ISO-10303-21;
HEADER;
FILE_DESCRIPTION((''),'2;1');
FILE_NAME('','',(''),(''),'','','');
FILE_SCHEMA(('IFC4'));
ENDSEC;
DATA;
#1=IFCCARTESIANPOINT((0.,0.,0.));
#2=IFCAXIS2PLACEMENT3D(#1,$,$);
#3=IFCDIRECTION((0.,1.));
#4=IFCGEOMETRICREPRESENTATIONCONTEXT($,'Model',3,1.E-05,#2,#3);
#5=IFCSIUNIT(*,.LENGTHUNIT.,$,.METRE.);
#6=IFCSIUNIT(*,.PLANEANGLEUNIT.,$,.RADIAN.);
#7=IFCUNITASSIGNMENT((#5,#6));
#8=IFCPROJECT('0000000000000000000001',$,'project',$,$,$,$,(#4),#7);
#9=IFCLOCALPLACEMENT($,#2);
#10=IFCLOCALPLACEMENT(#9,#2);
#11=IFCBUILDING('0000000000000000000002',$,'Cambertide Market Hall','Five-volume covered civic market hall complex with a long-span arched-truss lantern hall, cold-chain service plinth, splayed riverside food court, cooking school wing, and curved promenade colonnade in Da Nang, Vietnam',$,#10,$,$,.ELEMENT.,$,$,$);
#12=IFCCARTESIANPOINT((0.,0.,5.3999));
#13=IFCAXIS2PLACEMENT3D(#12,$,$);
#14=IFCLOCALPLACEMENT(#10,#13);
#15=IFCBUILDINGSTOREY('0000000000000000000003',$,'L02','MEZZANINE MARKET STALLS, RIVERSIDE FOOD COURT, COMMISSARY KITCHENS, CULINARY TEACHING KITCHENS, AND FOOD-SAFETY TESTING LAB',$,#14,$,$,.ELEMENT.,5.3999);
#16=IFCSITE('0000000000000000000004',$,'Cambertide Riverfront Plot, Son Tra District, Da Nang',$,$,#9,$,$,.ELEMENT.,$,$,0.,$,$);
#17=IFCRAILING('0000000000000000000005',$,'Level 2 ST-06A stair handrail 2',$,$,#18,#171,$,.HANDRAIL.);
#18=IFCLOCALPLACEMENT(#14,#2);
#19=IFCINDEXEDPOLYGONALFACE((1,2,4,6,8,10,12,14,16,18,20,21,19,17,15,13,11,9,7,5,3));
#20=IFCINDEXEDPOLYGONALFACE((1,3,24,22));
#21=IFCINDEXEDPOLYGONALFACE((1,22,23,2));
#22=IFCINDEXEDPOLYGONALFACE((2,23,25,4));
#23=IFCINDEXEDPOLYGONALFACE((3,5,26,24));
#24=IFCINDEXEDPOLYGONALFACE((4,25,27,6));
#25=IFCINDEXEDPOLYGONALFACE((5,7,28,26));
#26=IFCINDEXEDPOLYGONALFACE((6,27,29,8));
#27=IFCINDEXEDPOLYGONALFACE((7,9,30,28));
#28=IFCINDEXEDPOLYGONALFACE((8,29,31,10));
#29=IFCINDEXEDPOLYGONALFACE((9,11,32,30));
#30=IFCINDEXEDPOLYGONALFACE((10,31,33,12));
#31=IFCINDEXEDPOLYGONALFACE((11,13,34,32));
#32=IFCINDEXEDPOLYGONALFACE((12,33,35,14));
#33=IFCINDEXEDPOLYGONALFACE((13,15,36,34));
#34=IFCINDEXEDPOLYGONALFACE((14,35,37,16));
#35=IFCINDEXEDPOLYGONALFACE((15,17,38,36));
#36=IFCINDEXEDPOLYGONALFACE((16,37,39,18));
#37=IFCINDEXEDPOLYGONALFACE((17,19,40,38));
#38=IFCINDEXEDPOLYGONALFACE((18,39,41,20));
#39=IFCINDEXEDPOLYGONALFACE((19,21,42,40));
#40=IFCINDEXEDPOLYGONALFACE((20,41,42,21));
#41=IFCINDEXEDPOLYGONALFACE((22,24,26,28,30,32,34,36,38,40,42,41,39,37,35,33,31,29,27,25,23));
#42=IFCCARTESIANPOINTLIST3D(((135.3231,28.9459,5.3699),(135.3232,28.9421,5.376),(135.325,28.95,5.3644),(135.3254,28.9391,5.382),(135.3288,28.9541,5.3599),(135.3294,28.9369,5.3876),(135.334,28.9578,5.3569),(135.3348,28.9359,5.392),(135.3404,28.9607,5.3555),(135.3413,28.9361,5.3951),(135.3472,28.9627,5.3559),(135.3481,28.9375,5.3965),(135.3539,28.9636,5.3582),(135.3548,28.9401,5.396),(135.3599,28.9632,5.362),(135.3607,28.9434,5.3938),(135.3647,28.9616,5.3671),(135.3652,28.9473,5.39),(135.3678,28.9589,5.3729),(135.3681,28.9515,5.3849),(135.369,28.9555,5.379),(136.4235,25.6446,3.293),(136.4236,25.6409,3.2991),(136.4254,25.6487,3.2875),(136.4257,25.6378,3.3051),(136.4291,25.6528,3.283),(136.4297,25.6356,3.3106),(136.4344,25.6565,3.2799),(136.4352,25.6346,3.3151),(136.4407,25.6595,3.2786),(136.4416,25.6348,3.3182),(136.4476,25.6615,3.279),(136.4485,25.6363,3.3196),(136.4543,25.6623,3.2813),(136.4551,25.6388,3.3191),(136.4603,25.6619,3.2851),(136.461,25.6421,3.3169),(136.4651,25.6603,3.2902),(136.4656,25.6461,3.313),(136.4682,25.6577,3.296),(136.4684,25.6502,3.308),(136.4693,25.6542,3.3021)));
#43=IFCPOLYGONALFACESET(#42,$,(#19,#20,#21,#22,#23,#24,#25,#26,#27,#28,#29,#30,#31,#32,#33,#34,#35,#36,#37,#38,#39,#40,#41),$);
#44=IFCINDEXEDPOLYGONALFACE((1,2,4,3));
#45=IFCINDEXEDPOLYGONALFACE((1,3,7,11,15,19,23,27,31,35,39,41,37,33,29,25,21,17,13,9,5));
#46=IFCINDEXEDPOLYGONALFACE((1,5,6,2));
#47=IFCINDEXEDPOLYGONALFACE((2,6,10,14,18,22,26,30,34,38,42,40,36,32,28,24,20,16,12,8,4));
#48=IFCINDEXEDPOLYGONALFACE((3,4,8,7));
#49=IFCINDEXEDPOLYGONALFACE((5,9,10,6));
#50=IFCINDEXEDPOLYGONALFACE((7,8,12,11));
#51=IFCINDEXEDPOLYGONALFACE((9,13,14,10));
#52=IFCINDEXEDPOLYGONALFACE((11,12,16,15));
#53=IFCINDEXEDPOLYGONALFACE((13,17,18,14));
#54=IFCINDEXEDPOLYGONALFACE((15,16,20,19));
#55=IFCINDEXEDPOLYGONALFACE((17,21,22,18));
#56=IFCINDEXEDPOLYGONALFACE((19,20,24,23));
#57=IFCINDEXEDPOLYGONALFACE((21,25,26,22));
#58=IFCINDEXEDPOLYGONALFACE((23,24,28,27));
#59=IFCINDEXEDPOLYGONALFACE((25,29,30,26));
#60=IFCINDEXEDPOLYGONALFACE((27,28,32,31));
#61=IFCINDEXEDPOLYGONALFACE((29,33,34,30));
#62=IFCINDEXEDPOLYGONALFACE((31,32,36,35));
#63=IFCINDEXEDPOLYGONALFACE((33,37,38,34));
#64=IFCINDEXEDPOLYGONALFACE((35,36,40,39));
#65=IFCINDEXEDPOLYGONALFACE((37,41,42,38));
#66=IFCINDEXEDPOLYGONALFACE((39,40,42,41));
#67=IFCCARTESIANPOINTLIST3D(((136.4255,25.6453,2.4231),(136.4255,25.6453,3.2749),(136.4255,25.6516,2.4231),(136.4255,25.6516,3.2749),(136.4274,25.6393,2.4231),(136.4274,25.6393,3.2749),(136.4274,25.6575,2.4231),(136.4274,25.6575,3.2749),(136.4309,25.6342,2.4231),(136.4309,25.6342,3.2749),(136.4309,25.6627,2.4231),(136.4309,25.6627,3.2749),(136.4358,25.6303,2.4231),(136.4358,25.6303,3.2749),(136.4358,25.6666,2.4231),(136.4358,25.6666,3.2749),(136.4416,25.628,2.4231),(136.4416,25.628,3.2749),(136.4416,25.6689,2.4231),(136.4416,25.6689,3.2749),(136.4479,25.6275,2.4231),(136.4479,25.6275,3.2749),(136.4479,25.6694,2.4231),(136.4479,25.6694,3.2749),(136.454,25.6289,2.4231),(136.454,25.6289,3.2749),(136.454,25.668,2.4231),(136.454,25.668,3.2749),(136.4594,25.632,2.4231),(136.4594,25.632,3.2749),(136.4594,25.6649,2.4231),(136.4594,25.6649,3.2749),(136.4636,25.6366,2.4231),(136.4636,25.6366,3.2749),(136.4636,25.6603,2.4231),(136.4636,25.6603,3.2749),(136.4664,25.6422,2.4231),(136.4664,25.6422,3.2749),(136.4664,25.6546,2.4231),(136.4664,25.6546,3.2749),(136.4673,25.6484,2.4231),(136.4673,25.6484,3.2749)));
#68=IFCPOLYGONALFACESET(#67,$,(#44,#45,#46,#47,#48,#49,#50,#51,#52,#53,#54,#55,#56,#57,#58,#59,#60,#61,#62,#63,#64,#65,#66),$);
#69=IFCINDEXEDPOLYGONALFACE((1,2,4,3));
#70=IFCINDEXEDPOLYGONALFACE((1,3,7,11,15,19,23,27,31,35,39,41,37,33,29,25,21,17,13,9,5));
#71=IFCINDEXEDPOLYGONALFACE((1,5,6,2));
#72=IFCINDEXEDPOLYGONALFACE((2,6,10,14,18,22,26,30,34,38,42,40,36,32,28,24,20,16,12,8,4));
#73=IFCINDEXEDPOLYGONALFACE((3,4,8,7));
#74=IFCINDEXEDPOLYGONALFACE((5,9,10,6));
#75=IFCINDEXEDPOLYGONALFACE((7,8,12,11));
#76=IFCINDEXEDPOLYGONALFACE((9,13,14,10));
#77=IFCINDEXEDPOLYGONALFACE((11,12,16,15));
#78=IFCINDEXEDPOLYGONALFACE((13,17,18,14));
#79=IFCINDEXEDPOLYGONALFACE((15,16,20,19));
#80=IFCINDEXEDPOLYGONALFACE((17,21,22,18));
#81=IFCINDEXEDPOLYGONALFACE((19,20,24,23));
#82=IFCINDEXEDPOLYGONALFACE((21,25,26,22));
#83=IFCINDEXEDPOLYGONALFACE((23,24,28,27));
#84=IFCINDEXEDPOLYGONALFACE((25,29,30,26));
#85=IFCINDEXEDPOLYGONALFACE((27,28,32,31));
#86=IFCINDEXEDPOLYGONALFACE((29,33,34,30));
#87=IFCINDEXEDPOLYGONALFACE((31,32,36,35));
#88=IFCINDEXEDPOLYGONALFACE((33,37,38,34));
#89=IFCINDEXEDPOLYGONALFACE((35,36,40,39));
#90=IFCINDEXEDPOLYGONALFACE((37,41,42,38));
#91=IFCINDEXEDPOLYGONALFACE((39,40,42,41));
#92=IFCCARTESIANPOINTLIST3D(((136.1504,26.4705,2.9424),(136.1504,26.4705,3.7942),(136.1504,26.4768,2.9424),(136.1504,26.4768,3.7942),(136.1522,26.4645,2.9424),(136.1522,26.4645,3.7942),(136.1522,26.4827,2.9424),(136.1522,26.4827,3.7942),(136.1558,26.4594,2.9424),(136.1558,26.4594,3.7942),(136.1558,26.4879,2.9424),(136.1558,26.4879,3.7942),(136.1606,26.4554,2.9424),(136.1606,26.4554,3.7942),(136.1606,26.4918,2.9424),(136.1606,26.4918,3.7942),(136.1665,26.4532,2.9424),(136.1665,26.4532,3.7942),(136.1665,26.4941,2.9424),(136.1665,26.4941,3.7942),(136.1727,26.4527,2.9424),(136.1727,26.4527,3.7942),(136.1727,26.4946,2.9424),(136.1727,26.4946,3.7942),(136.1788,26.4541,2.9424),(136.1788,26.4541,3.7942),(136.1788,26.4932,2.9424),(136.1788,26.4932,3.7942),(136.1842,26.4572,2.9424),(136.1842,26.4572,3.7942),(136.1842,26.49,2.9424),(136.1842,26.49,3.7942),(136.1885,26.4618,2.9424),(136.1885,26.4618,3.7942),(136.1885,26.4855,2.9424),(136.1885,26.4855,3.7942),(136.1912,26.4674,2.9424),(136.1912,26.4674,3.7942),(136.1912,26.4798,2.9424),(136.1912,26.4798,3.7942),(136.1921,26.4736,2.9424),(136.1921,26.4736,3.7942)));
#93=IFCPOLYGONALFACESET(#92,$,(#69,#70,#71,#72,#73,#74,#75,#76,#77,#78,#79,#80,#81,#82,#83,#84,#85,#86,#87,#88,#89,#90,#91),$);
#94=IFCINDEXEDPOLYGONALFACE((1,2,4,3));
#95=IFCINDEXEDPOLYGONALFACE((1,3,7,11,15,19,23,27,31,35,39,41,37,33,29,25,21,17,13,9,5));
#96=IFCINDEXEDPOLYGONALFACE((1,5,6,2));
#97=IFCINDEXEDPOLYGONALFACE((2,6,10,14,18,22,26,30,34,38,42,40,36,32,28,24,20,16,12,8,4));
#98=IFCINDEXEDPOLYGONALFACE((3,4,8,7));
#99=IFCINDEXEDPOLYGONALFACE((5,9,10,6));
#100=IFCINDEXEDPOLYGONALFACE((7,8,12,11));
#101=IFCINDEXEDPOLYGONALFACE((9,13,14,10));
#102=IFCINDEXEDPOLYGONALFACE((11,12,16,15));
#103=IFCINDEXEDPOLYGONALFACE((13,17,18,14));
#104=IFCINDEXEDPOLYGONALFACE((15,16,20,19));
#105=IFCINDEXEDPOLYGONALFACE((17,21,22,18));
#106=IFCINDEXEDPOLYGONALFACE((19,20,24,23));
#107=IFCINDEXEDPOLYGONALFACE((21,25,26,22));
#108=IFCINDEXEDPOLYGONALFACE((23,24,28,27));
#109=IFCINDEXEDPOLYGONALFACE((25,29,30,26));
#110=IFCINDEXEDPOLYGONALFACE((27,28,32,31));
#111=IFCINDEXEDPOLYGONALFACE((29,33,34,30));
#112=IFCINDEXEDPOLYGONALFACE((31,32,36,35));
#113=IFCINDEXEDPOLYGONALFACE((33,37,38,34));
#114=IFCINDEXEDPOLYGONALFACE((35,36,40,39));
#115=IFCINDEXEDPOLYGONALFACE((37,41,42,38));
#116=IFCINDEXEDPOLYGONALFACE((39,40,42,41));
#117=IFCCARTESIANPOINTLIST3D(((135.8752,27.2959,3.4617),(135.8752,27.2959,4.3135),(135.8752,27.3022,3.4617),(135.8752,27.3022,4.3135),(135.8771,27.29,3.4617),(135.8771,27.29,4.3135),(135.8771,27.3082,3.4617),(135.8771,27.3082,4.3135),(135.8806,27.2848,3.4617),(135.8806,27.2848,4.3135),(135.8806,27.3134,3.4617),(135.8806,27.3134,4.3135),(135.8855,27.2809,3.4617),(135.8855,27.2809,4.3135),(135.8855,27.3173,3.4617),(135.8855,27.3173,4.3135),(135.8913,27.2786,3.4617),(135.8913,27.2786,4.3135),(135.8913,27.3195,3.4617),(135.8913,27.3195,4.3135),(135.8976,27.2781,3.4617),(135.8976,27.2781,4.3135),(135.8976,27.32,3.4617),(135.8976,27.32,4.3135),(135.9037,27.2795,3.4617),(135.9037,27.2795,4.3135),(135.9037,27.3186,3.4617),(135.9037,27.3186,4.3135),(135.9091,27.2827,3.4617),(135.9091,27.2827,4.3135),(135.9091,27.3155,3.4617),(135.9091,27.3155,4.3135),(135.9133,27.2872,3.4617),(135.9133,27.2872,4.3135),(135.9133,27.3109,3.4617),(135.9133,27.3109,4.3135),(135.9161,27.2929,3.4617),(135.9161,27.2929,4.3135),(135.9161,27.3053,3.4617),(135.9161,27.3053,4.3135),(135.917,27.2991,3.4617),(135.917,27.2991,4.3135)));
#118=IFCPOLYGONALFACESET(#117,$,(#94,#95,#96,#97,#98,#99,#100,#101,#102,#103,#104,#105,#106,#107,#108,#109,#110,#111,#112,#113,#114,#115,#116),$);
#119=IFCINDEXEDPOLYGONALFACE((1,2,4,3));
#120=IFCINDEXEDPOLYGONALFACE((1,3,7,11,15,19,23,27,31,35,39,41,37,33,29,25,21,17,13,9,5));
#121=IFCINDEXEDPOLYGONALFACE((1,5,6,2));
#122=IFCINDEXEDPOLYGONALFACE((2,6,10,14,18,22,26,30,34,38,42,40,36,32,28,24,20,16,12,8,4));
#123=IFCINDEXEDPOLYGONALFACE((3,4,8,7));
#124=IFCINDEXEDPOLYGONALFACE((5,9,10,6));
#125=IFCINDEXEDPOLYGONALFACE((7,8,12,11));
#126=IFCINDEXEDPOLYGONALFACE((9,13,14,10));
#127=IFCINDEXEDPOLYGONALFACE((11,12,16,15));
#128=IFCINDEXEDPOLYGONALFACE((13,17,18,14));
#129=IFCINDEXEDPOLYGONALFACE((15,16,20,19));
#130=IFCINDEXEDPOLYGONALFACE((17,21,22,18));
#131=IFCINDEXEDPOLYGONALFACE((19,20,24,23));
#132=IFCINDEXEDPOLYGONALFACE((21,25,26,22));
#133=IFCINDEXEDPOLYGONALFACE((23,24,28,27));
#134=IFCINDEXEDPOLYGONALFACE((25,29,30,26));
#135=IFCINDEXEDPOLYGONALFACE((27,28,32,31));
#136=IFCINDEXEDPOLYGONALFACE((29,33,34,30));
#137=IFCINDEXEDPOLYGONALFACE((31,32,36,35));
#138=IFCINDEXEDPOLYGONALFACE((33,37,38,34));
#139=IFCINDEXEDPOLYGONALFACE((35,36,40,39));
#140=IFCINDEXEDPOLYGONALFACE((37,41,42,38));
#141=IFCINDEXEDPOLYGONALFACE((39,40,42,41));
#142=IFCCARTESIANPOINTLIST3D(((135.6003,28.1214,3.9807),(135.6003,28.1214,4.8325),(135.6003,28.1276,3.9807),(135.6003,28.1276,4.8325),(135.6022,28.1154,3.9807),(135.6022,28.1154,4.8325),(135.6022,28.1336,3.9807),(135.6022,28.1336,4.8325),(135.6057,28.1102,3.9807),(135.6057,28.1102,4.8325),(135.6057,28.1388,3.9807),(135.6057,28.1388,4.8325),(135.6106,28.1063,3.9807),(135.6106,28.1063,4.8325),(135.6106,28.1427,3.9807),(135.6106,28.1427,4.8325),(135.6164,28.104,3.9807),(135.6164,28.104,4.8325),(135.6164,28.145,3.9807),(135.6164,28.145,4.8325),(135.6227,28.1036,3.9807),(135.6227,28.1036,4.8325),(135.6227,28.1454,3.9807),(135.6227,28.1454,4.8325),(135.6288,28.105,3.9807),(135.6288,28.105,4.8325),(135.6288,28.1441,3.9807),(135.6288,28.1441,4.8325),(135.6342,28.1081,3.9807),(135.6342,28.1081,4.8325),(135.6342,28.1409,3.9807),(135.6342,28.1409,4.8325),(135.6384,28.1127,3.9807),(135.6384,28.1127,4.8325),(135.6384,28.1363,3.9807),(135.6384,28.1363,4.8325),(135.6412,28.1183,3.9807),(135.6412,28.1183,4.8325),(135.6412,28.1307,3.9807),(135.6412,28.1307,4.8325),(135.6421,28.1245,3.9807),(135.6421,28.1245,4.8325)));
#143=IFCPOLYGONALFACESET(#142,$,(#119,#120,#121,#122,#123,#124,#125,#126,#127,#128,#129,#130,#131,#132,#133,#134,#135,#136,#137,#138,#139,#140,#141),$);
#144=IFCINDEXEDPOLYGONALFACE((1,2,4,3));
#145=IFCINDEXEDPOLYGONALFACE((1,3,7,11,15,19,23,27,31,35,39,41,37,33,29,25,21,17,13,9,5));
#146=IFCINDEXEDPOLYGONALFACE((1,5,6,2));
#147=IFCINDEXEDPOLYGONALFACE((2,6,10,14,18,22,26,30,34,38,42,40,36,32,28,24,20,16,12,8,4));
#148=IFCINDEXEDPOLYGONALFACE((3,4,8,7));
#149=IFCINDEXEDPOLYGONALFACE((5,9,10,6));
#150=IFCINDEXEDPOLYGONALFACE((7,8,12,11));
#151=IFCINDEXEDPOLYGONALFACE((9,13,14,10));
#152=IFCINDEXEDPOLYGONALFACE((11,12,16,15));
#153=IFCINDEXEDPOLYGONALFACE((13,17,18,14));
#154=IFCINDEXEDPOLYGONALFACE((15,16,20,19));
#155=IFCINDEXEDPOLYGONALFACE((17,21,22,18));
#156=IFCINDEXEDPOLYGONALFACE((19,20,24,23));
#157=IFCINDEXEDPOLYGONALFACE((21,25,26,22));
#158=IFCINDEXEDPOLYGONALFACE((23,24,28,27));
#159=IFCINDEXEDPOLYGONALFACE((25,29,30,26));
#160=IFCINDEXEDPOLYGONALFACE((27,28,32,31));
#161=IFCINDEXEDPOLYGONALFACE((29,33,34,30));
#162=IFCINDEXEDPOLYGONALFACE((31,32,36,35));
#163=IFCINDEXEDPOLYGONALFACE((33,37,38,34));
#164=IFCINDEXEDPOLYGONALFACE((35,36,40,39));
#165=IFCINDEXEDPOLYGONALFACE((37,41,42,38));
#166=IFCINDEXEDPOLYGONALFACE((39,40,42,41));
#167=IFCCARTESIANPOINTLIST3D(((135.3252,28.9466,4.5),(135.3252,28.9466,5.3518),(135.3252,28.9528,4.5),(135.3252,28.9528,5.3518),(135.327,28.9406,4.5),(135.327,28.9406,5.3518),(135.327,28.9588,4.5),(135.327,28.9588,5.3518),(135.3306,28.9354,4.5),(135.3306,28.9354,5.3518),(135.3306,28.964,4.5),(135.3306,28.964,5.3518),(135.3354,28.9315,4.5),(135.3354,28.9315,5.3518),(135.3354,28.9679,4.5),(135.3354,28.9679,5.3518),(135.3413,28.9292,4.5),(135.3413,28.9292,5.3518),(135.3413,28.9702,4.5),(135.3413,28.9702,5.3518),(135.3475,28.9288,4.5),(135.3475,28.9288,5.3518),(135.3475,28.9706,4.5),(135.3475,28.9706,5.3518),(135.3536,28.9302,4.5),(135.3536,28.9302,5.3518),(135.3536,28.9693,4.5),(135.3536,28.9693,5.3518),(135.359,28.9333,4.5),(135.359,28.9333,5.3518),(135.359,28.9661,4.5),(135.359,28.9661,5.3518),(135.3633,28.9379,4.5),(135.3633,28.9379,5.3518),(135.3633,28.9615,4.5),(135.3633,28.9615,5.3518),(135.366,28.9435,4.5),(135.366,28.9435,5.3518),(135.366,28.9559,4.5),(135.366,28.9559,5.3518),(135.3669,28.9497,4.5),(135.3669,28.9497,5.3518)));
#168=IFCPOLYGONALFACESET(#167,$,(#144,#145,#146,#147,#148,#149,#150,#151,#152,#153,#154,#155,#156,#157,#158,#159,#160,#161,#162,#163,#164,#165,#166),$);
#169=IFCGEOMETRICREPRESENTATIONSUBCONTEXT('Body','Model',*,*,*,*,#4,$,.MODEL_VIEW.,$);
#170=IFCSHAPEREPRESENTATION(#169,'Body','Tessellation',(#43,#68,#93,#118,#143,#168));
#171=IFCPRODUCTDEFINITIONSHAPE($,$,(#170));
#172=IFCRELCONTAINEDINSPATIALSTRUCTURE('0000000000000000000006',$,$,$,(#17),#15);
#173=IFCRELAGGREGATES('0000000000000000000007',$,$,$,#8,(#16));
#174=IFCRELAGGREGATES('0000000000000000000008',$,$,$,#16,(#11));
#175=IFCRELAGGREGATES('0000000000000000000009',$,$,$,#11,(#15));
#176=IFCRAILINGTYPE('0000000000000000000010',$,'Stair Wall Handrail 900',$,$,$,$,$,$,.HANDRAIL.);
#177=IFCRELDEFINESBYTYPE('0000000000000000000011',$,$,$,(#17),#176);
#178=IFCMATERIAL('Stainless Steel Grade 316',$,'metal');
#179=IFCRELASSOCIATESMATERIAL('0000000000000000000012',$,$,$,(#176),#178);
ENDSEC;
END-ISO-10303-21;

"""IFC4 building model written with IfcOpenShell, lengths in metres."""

from ifc_helpers import new_model, si_unit, direction, frame, origin, origin_2d, place, context, subcontext, project, spatial, circle, extrude, material, type_object, element, save


model = new_model("IFC4")

# Units and contexts
model_context = context("Model", 3, precision=1e-05, world=origin(), true_north=direction((0.0, 1.0)))
body_context = subcontext(model_context, "Body", "Model", "MODEL_VIEW")
ifc_project = project(units=[si_unit("LENGTHUNIT", "METRE"), si_unit("PLANEANGLEUNIT", "RADIAN")], contexts=[model_context])

# Site, building, storey
site_placement = place(None, origin())
site = spatial("IfcSite", under=ifc_project, at=site_placement, Name="Cambertide Riverfront Plot, Son Tra District, Da Nang", CompositionType="ELEMENT", RefElevation=0.0)
building_placement = place(site_placement, origin())
building = spatial("IfcBuilding", under=site, at=building_placement, Name="Cambertide Market Hall", Description="Five-volume covered civic market hall complex with a long-span arched-truss lantern hall, cold-chain service plinth, splayed riverside food court, cooking school wing, and curved promenade colonnade in Da Nang, Vietnam", CompositionType="ELEMENT")
storey_placement = place(building_placement, frame((0.0, 0.0, 5.3999)))
storey = spatial("IfcBuildingStorey", under=building, at=storey_placement, Name="L02", Description="MEZZANINE MARKET STALLS, RIVERSIDE FOOD COURT, COMMISSARY KITCHENS, CULINARY TEACHING KITCHENS, AND FOOD-SAFETY TESTING LAB", CompositionType="ELEMENT", Elevation=5.3999)

# Railing
ifc_material_1 = material(Name="Stainless Steel Grade 316", Category="metal")
railing_type_1 = type_object("IfcRailingType", Name="Stair Wall Handrail 900", PredefinedType="HANDRAIL", material=ifc_material_1)
railing_1_placement = place(storey_placement, frame((136.4463, 25.6484, 2.4231)))
element("IfcRailing", 1, at=railing_1_placement, inside=storey, type_object=railing_type_1, Name="Level 2 ST-06A stair handrail 2", PredefinedType="HANDRAIL", context=body_context, shape_type="SweptSolid", body=[
    extrude(circle(Radius=0.0239, at=origin_2d()), frame((0.0, 0.0, 0.876), z_axis=(-0.271522, 0.814628, 0.512501), x_axis=(-0.94869, -0.316207, 0.0)), (0.0, 0.0, 1.0), 4.0525),
    extrude(circle(Radius=0.021, at=origin_2d()), origin(), (0.0, 0.0, 1.0), 0.8518),
    extrude(circle(Radius=0.021, at=origin_2d()), frame((-0.2751, 0.8252, 0.5193)), (0.0, 0.0, 1.0), 0.8518),
    extrude(circle(Radius=0.021, at=origin_2d()), frame((-0.5503, 1.6506, 1.0386)), (0.0, 0.0, 1.0), 0.8518),
    extrude(circle(Radius=0.021, at=origin_2d()), frame((-0.8252, 2.4761, 1.5576)), (0.0, 0.0, 1.0), 0.8518),
    extrude(circle(Radius=0.021, at=origin_2d()), frame((-1.1003, 3.3013, 2.0769)), (0.0, 0.0, 1.0), 0.8518),
])

save(model, "model.ifc")
